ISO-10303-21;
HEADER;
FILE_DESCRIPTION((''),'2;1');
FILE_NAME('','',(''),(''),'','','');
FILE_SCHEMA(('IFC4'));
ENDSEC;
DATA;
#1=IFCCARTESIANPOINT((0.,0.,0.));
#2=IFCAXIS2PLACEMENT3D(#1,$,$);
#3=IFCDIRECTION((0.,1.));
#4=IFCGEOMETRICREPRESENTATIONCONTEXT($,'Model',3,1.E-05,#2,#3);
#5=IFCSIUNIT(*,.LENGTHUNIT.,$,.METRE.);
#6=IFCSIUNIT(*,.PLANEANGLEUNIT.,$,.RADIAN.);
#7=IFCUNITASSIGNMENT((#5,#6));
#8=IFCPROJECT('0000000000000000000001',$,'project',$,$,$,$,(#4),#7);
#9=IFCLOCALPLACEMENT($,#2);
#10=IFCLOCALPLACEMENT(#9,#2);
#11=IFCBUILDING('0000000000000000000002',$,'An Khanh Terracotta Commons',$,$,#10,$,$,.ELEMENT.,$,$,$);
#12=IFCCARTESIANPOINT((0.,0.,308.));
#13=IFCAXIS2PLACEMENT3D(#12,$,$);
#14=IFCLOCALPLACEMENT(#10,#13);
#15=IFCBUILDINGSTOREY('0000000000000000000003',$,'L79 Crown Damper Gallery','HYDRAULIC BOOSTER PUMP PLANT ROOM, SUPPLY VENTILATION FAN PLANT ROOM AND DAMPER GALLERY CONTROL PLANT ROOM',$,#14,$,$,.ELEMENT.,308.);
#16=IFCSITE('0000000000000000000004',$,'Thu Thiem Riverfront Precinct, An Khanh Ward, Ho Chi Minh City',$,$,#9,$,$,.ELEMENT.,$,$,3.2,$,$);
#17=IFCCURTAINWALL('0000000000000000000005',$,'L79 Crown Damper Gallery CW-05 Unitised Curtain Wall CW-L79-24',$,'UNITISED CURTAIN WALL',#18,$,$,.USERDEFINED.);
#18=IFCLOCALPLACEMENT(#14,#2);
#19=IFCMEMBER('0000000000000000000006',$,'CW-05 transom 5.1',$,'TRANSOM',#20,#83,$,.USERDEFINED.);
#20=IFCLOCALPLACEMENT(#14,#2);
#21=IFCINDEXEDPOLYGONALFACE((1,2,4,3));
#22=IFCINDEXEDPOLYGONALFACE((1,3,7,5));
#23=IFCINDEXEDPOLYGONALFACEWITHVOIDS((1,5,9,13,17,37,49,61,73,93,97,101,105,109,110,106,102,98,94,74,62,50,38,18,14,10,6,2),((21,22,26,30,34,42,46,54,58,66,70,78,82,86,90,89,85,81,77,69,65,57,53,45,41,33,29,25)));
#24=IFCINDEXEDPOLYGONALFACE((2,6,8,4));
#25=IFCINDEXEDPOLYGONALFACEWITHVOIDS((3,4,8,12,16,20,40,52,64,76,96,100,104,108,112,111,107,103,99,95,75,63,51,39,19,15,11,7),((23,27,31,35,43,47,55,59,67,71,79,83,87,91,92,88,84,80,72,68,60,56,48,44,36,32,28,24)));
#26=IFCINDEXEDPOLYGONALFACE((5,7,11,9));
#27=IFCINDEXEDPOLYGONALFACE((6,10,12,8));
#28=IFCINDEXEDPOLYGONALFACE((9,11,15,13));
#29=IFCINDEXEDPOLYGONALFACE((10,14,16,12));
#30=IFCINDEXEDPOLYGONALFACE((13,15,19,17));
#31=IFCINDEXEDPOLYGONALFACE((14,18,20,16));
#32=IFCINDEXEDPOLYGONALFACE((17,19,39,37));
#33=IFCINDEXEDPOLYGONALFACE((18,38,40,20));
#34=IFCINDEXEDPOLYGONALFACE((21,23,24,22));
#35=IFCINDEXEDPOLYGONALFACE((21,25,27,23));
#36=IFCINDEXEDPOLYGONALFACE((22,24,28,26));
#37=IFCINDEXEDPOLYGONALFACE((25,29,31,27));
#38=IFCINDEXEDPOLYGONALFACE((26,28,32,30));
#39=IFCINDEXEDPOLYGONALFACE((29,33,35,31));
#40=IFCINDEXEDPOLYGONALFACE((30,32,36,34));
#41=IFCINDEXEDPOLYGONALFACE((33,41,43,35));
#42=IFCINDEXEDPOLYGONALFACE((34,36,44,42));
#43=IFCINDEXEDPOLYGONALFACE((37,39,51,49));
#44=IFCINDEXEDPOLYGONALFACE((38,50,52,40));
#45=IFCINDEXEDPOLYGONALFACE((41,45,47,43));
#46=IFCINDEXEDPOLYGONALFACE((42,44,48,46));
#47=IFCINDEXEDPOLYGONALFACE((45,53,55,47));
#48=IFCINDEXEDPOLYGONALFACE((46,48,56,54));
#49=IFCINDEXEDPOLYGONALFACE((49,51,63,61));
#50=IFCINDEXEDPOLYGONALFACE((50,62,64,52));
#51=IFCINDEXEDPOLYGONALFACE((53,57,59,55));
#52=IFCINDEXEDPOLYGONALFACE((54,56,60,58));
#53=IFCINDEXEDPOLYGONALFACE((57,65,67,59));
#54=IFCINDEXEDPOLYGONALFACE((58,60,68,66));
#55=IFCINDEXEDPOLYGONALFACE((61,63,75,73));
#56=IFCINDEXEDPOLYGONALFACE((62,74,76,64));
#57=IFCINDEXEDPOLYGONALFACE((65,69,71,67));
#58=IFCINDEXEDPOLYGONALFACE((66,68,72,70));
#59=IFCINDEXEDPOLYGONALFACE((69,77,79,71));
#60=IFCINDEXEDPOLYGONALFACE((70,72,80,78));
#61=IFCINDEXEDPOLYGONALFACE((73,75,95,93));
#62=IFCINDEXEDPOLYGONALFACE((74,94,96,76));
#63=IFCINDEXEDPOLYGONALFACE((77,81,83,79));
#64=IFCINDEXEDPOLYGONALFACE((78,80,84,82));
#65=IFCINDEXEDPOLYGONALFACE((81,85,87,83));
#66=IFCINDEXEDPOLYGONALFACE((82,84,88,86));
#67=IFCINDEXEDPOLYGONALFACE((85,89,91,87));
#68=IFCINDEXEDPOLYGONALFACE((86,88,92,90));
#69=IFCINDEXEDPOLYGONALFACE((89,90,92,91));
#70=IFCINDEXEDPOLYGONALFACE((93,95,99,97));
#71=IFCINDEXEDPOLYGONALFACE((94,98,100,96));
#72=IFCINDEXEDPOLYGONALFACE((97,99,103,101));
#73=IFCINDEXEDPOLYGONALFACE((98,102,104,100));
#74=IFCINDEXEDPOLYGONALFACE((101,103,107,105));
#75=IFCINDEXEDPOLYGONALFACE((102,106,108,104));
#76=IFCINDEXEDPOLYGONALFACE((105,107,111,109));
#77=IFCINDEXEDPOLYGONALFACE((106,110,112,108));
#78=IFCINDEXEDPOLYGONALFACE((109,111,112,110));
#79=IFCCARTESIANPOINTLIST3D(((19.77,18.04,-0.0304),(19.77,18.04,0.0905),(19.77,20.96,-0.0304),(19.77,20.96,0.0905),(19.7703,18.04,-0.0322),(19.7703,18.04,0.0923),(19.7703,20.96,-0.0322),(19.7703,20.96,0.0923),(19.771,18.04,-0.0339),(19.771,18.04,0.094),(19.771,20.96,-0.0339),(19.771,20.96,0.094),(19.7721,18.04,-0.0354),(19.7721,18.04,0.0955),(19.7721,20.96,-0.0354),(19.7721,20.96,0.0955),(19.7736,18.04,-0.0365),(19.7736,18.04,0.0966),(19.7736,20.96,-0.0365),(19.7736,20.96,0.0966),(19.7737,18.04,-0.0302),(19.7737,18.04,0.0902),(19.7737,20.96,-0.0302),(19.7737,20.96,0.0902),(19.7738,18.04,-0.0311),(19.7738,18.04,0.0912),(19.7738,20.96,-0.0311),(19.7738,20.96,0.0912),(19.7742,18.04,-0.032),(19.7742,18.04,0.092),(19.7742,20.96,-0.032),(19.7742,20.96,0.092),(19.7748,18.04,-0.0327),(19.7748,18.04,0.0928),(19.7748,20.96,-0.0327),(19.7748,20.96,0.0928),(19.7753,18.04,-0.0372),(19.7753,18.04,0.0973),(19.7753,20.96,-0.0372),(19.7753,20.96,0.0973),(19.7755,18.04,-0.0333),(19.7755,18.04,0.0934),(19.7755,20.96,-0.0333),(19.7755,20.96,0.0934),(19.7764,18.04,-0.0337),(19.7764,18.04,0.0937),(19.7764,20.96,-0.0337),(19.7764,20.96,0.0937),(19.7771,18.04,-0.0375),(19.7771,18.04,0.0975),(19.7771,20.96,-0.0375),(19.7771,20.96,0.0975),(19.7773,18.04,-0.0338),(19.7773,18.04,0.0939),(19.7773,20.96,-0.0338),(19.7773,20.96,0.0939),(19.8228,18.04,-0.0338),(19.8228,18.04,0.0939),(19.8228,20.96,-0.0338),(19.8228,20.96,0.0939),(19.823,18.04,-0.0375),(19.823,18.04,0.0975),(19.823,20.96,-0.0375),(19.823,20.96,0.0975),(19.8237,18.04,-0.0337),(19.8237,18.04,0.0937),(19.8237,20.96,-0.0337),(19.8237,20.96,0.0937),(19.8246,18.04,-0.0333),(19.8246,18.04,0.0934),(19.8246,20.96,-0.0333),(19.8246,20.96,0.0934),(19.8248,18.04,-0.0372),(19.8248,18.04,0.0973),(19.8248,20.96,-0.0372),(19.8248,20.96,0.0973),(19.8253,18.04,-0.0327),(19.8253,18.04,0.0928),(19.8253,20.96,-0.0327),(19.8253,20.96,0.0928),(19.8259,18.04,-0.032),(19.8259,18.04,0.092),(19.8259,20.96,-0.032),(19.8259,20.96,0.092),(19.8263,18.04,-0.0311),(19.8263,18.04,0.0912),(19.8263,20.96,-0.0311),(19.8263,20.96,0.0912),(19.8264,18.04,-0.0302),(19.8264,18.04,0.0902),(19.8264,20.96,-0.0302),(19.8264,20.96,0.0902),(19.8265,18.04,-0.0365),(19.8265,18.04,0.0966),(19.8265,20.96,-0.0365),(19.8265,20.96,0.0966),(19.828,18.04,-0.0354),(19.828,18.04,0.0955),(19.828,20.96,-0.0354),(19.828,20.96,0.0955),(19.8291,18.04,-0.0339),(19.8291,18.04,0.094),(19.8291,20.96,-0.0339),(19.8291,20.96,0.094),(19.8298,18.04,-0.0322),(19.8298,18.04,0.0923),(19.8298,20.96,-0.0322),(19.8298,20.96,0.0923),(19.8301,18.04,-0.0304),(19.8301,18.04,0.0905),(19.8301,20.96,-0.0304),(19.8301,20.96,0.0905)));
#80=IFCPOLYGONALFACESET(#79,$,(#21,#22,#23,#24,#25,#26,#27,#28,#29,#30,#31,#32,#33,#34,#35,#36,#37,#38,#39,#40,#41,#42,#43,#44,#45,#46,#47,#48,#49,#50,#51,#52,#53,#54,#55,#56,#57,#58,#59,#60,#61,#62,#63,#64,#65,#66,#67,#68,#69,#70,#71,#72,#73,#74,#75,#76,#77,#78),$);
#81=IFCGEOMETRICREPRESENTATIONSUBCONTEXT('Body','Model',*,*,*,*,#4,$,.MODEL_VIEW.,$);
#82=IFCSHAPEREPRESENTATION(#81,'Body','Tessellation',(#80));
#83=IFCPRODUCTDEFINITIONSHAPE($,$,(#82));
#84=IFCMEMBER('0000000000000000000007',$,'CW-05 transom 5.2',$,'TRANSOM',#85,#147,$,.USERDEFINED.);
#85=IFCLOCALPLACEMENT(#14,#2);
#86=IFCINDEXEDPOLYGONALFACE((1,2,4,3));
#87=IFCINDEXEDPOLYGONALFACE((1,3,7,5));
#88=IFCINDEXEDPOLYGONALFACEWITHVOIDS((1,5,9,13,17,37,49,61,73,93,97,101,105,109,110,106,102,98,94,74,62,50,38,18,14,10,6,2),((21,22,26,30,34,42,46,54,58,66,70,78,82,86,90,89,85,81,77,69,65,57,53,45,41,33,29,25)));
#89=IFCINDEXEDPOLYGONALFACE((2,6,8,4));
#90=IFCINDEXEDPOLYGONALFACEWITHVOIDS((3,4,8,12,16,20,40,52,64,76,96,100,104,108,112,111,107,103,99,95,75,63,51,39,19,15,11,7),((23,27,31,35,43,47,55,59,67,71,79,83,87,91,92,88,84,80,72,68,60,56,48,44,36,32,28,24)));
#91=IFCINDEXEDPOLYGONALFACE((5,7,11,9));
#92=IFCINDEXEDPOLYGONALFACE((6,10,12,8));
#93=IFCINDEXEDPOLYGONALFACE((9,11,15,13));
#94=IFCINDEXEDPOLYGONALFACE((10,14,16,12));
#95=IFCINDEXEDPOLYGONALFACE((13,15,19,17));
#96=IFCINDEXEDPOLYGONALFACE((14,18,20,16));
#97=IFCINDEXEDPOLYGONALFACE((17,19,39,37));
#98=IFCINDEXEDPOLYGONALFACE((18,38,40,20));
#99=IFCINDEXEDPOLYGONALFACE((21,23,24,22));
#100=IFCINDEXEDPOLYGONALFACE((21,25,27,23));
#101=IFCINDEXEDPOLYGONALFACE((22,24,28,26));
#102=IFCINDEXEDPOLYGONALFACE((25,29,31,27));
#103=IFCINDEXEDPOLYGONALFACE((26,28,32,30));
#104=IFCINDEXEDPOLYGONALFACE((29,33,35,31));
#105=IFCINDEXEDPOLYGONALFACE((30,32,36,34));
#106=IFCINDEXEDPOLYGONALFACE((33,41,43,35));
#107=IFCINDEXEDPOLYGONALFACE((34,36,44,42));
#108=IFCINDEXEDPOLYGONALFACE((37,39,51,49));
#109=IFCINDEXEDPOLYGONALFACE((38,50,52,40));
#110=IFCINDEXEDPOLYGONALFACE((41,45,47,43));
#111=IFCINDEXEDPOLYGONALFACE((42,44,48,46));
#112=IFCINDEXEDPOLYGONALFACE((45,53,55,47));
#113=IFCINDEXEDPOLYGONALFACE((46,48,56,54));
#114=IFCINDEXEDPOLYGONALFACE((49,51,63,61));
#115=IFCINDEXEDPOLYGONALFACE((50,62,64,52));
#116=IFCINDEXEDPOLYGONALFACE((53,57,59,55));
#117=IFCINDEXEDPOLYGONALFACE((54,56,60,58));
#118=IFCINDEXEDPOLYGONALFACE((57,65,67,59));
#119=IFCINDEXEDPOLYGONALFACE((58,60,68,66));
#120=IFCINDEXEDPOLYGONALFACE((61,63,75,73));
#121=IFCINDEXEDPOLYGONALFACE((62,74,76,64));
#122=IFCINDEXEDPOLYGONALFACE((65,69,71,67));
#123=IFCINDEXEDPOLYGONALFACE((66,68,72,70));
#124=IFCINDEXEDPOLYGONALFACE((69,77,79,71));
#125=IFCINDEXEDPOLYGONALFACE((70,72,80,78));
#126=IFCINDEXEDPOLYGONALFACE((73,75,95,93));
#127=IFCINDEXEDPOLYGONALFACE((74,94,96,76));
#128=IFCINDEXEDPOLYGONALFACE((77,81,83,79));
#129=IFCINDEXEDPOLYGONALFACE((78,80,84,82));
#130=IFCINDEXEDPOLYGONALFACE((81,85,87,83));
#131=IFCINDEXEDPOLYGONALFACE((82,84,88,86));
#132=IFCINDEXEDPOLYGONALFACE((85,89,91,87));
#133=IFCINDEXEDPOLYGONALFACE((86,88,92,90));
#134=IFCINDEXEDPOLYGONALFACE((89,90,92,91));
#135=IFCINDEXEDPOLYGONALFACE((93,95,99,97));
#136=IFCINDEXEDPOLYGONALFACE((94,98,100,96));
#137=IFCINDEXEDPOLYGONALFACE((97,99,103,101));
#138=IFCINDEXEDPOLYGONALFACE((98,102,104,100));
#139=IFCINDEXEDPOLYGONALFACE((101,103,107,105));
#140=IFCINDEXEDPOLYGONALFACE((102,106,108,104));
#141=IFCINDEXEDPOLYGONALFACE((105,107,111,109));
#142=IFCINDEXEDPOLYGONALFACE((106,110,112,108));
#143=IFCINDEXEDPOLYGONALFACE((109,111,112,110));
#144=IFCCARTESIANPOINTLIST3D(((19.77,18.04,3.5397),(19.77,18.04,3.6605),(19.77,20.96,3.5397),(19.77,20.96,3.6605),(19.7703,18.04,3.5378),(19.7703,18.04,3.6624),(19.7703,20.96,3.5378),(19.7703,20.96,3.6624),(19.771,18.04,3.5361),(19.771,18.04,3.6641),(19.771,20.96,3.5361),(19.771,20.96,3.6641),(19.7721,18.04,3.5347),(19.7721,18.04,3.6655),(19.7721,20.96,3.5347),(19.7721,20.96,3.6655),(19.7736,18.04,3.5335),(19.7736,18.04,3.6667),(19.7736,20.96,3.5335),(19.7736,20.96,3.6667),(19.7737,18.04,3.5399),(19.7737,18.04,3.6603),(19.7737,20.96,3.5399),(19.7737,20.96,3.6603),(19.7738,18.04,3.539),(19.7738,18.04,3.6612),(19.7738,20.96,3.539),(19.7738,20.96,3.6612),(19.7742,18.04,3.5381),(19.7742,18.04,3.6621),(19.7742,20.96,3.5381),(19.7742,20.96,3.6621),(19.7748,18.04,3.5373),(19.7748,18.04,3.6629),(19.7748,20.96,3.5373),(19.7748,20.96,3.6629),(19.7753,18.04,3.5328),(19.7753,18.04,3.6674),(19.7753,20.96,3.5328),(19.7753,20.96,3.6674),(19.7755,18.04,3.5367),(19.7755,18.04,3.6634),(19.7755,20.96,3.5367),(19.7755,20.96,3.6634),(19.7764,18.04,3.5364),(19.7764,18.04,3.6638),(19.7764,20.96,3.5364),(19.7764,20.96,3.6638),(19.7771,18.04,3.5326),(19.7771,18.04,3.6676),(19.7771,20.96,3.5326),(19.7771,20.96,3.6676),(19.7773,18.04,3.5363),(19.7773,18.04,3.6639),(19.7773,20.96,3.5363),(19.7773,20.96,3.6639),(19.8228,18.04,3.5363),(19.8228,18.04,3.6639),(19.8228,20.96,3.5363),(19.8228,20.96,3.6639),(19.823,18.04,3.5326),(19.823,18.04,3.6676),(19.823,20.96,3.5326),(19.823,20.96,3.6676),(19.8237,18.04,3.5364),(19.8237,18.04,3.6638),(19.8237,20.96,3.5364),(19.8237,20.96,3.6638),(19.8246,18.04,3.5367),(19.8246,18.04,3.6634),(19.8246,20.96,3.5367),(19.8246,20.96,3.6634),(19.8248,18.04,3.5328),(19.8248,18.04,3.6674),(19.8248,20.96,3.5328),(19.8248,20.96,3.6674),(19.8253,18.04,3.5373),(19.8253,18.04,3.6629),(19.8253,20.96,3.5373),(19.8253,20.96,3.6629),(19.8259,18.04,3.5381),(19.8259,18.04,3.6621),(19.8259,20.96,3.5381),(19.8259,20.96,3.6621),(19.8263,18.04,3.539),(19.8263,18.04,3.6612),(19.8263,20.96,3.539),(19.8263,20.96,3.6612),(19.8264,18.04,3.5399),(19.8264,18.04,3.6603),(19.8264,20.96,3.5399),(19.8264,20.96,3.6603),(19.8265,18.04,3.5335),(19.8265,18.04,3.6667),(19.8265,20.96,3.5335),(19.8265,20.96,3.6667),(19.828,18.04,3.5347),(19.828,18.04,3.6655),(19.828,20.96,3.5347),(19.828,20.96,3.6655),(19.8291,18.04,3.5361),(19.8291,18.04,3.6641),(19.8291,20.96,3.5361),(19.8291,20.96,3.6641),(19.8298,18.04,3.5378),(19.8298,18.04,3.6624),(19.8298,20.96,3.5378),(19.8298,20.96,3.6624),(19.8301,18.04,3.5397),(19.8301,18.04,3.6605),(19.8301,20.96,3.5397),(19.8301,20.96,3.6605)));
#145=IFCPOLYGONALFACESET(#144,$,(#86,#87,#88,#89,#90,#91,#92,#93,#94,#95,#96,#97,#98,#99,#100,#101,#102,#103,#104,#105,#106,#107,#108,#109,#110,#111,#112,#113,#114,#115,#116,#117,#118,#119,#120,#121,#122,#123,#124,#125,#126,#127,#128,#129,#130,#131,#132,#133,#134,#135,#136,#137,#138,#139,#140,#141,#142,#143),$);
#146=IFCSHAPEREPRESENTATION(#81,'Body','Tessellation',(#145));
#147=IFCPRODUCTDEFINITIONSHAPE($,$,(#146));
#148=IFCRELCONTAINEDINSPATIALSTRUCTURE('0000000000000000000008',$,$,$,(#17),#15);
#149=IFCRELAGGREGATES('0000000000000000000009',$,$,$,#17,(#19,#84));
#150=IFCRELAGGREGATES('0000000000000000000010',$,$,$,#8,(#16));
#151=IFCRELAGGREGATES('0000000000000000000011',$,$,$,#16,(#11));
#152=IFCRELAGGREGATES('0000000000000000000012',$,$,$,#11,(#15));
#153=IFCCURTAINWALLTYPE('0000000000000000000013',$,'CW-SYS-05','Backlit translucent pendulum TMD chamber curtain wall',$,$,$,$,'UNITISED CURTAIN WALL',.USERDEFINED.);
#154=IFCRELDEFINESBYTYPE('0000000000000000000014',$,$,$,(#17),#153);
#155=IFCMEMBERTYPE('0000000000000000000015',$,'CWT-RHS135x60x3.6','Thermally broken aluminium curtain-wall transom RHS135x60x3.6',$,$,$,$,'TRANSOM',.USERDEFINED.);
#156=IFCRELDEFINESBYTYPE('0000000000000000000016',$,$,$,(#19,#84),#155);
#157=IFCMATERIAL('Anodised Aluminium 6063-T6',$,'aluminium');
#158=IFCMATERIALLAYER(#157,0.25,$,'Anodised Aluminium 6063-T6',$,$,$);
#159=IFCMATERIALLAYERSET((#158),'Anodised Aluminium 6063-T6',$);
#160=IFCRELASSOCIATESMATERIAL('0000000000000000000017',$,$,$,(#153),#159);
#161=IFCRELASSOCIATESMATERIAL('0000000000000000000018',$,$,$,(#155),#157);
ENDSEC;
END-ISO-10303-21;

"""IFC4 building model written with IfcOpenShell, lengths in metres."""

from ifc_helpers import new_model, si_unit, direction, frame, origin, origin_2d, place, context, subcontext, project, spatial, hollow_rectangle, extrude, material, layer, layer_set, material_profile, profile_set, type_object, element, aggregate, save


model = new_model("IFC4")

# Units and contexts
model_context = context("Model", 3, precision=1e-05, world=origin(), true_north=direction((0.0, 1.0)))
body_context = subcontext(model_context, "Body", "Model", "MODEL_VIEW")
ifc_project = project(units=[si_unit("LENGTHUNIT", "METRE"), si_unit("PLANEANGLEUNIT", "RADIAN")], contexts=[model_context])

# Site, building, storey
site_placement = place(None, origin())
site = spatial("IfcSite", under=ifc_project, at=site_placement, Name="Thu Thiem Riverfront Precinct, An Khanh Ward, Ho Chi Minh City", CompositionType="ELEMENT", RefElevation=3.2)
building_placement = place(site_placement, origin())
building = spatial("IfcBuilding", under=site, at=building_placement, Name="An Khanh Terracotta Commons", CompositionType="ELEMENT")
storey_placement = place(building_placement, frame((0.0, 0.0, 308.0)))
storey = spatial("IfcBuildingStorey", under=building, at=storey_placement, Name="L79 Crown Damper Gallery", Description="HYDRAULIC BOOSTER PUMP PLANT ROOM, SUPPLY VENTILATION FAN PLANT ROOM AND DAMPER GALLERY CONTROL PLANT ROOM", CompositionType="ELEMENT", Elevation=308.0)

# Curtain wall, members
ifc_material_1 = material(Name="Anodised Aluminium 6063-T6", Category="aluminium")
ifc_layer_1 = layer(ifc_material_1, 0.25, Name="Anodised Aluminium 6063-T6")
ifc_layer_set_1 = layer_set([ifc_layer_1], Name="Anodised Aluminium 6063-T6")
curtain_wall_type = type_object("IfcCurtainWallType", Name="CW-SYS-05", Description="Backlit translucent pendulum TMD chamber curtain wall", ElementType="UNITISED CURTAIN WALL", PredefinedType="USERDEFINED", material=ifc_layer_set_1)
curtain_wall_placement = place(storey_placement, origin())
curtain_wall = element("IfcCurtainWall", 1, at=curtain_wall_placement, inside=storey, type_object=curtain_wall_type, Name="L79 Crown Damper Gallery CW-05 Unitised Curtain Wall CW-L79-24", ObjectType="UNITISED CURTAIN WALL", PredefinedType="USERDEFINED")
ifc_material_profile_1 = material_profile(ifc_material_1, hollow_rectangle(XDim=0.0601, YDim=0.135, WallThickness=0.0037, InnerFilletRadius=0.0037, OuterFilletRadius=0.0071, at=origin_2d()), Name="RHS135x60x3.6")
ifc_profile_set_1 = profile_set([ifc_material_profile_1], Name="Anodised Aluminium 6063-T6")
member_type_1 = type_object("IfcMemberType", Name="CWT-RHS135x60x3.6", Description="Thermally broken aluminium curtain-wall transom RHS135x60x3.6", ElementType="TRANSOM", PredefinedType="USERDEFINED", material=ifc_profile_set_1)
member_1_placement = place(storey_placement, frame((19.8, 20.96, 0.03), z_axis=(0.0, -1.0, 0.0), x_axis=(1.0, 0.0, 0.0)))
member_1 = element("IfcMember", 2, at=member_1_placement, type_object=member_type_1, Name="CW-05 transom 5.1", ObjectType="TRANSOM", PredefinedType="USERDEFINED", context=body_context, shape_type="SweptSolid", body=[
    extrude(hollow_rectangle(XDim=0.0601, YDim=0.135, WallThickness=0.0037, InnerFilletRadius=0.0037, OuterFilletRadius=0.0071, at=origin_2d()), origin(), (0.0, 0.0, 1.0), 2.9199),
])
member_2_placement = place(storey_placement, frame((19.8, 20.96, 3.6001), z_axis=(0.0, -1.0, 0.0), x_axis=(1.0, 0.0, 0.0)))
member_2 = element("IfcMember", 3, at=member_2_placement, type_object=member_type_1, Name="CW-05 transom 5.2", ObjectType="TRANSOM", PredefinedType="USERDEFINED", context=body_context, shape_type="SweptSolid", body=[
    extrude(hollow_rectangle(XDim=0.0601, YDim=0.135, WallThickness=0.0037, InnerFilletRadius=0.0037, OuterFilletRadius=0.0071, at=origin_2d()), origin(), (0.0, 0.0, 1.0), 2.9199),
])
aggregate(curtain_wall, [member_1, member_2])

save(model, "model.ifc")
